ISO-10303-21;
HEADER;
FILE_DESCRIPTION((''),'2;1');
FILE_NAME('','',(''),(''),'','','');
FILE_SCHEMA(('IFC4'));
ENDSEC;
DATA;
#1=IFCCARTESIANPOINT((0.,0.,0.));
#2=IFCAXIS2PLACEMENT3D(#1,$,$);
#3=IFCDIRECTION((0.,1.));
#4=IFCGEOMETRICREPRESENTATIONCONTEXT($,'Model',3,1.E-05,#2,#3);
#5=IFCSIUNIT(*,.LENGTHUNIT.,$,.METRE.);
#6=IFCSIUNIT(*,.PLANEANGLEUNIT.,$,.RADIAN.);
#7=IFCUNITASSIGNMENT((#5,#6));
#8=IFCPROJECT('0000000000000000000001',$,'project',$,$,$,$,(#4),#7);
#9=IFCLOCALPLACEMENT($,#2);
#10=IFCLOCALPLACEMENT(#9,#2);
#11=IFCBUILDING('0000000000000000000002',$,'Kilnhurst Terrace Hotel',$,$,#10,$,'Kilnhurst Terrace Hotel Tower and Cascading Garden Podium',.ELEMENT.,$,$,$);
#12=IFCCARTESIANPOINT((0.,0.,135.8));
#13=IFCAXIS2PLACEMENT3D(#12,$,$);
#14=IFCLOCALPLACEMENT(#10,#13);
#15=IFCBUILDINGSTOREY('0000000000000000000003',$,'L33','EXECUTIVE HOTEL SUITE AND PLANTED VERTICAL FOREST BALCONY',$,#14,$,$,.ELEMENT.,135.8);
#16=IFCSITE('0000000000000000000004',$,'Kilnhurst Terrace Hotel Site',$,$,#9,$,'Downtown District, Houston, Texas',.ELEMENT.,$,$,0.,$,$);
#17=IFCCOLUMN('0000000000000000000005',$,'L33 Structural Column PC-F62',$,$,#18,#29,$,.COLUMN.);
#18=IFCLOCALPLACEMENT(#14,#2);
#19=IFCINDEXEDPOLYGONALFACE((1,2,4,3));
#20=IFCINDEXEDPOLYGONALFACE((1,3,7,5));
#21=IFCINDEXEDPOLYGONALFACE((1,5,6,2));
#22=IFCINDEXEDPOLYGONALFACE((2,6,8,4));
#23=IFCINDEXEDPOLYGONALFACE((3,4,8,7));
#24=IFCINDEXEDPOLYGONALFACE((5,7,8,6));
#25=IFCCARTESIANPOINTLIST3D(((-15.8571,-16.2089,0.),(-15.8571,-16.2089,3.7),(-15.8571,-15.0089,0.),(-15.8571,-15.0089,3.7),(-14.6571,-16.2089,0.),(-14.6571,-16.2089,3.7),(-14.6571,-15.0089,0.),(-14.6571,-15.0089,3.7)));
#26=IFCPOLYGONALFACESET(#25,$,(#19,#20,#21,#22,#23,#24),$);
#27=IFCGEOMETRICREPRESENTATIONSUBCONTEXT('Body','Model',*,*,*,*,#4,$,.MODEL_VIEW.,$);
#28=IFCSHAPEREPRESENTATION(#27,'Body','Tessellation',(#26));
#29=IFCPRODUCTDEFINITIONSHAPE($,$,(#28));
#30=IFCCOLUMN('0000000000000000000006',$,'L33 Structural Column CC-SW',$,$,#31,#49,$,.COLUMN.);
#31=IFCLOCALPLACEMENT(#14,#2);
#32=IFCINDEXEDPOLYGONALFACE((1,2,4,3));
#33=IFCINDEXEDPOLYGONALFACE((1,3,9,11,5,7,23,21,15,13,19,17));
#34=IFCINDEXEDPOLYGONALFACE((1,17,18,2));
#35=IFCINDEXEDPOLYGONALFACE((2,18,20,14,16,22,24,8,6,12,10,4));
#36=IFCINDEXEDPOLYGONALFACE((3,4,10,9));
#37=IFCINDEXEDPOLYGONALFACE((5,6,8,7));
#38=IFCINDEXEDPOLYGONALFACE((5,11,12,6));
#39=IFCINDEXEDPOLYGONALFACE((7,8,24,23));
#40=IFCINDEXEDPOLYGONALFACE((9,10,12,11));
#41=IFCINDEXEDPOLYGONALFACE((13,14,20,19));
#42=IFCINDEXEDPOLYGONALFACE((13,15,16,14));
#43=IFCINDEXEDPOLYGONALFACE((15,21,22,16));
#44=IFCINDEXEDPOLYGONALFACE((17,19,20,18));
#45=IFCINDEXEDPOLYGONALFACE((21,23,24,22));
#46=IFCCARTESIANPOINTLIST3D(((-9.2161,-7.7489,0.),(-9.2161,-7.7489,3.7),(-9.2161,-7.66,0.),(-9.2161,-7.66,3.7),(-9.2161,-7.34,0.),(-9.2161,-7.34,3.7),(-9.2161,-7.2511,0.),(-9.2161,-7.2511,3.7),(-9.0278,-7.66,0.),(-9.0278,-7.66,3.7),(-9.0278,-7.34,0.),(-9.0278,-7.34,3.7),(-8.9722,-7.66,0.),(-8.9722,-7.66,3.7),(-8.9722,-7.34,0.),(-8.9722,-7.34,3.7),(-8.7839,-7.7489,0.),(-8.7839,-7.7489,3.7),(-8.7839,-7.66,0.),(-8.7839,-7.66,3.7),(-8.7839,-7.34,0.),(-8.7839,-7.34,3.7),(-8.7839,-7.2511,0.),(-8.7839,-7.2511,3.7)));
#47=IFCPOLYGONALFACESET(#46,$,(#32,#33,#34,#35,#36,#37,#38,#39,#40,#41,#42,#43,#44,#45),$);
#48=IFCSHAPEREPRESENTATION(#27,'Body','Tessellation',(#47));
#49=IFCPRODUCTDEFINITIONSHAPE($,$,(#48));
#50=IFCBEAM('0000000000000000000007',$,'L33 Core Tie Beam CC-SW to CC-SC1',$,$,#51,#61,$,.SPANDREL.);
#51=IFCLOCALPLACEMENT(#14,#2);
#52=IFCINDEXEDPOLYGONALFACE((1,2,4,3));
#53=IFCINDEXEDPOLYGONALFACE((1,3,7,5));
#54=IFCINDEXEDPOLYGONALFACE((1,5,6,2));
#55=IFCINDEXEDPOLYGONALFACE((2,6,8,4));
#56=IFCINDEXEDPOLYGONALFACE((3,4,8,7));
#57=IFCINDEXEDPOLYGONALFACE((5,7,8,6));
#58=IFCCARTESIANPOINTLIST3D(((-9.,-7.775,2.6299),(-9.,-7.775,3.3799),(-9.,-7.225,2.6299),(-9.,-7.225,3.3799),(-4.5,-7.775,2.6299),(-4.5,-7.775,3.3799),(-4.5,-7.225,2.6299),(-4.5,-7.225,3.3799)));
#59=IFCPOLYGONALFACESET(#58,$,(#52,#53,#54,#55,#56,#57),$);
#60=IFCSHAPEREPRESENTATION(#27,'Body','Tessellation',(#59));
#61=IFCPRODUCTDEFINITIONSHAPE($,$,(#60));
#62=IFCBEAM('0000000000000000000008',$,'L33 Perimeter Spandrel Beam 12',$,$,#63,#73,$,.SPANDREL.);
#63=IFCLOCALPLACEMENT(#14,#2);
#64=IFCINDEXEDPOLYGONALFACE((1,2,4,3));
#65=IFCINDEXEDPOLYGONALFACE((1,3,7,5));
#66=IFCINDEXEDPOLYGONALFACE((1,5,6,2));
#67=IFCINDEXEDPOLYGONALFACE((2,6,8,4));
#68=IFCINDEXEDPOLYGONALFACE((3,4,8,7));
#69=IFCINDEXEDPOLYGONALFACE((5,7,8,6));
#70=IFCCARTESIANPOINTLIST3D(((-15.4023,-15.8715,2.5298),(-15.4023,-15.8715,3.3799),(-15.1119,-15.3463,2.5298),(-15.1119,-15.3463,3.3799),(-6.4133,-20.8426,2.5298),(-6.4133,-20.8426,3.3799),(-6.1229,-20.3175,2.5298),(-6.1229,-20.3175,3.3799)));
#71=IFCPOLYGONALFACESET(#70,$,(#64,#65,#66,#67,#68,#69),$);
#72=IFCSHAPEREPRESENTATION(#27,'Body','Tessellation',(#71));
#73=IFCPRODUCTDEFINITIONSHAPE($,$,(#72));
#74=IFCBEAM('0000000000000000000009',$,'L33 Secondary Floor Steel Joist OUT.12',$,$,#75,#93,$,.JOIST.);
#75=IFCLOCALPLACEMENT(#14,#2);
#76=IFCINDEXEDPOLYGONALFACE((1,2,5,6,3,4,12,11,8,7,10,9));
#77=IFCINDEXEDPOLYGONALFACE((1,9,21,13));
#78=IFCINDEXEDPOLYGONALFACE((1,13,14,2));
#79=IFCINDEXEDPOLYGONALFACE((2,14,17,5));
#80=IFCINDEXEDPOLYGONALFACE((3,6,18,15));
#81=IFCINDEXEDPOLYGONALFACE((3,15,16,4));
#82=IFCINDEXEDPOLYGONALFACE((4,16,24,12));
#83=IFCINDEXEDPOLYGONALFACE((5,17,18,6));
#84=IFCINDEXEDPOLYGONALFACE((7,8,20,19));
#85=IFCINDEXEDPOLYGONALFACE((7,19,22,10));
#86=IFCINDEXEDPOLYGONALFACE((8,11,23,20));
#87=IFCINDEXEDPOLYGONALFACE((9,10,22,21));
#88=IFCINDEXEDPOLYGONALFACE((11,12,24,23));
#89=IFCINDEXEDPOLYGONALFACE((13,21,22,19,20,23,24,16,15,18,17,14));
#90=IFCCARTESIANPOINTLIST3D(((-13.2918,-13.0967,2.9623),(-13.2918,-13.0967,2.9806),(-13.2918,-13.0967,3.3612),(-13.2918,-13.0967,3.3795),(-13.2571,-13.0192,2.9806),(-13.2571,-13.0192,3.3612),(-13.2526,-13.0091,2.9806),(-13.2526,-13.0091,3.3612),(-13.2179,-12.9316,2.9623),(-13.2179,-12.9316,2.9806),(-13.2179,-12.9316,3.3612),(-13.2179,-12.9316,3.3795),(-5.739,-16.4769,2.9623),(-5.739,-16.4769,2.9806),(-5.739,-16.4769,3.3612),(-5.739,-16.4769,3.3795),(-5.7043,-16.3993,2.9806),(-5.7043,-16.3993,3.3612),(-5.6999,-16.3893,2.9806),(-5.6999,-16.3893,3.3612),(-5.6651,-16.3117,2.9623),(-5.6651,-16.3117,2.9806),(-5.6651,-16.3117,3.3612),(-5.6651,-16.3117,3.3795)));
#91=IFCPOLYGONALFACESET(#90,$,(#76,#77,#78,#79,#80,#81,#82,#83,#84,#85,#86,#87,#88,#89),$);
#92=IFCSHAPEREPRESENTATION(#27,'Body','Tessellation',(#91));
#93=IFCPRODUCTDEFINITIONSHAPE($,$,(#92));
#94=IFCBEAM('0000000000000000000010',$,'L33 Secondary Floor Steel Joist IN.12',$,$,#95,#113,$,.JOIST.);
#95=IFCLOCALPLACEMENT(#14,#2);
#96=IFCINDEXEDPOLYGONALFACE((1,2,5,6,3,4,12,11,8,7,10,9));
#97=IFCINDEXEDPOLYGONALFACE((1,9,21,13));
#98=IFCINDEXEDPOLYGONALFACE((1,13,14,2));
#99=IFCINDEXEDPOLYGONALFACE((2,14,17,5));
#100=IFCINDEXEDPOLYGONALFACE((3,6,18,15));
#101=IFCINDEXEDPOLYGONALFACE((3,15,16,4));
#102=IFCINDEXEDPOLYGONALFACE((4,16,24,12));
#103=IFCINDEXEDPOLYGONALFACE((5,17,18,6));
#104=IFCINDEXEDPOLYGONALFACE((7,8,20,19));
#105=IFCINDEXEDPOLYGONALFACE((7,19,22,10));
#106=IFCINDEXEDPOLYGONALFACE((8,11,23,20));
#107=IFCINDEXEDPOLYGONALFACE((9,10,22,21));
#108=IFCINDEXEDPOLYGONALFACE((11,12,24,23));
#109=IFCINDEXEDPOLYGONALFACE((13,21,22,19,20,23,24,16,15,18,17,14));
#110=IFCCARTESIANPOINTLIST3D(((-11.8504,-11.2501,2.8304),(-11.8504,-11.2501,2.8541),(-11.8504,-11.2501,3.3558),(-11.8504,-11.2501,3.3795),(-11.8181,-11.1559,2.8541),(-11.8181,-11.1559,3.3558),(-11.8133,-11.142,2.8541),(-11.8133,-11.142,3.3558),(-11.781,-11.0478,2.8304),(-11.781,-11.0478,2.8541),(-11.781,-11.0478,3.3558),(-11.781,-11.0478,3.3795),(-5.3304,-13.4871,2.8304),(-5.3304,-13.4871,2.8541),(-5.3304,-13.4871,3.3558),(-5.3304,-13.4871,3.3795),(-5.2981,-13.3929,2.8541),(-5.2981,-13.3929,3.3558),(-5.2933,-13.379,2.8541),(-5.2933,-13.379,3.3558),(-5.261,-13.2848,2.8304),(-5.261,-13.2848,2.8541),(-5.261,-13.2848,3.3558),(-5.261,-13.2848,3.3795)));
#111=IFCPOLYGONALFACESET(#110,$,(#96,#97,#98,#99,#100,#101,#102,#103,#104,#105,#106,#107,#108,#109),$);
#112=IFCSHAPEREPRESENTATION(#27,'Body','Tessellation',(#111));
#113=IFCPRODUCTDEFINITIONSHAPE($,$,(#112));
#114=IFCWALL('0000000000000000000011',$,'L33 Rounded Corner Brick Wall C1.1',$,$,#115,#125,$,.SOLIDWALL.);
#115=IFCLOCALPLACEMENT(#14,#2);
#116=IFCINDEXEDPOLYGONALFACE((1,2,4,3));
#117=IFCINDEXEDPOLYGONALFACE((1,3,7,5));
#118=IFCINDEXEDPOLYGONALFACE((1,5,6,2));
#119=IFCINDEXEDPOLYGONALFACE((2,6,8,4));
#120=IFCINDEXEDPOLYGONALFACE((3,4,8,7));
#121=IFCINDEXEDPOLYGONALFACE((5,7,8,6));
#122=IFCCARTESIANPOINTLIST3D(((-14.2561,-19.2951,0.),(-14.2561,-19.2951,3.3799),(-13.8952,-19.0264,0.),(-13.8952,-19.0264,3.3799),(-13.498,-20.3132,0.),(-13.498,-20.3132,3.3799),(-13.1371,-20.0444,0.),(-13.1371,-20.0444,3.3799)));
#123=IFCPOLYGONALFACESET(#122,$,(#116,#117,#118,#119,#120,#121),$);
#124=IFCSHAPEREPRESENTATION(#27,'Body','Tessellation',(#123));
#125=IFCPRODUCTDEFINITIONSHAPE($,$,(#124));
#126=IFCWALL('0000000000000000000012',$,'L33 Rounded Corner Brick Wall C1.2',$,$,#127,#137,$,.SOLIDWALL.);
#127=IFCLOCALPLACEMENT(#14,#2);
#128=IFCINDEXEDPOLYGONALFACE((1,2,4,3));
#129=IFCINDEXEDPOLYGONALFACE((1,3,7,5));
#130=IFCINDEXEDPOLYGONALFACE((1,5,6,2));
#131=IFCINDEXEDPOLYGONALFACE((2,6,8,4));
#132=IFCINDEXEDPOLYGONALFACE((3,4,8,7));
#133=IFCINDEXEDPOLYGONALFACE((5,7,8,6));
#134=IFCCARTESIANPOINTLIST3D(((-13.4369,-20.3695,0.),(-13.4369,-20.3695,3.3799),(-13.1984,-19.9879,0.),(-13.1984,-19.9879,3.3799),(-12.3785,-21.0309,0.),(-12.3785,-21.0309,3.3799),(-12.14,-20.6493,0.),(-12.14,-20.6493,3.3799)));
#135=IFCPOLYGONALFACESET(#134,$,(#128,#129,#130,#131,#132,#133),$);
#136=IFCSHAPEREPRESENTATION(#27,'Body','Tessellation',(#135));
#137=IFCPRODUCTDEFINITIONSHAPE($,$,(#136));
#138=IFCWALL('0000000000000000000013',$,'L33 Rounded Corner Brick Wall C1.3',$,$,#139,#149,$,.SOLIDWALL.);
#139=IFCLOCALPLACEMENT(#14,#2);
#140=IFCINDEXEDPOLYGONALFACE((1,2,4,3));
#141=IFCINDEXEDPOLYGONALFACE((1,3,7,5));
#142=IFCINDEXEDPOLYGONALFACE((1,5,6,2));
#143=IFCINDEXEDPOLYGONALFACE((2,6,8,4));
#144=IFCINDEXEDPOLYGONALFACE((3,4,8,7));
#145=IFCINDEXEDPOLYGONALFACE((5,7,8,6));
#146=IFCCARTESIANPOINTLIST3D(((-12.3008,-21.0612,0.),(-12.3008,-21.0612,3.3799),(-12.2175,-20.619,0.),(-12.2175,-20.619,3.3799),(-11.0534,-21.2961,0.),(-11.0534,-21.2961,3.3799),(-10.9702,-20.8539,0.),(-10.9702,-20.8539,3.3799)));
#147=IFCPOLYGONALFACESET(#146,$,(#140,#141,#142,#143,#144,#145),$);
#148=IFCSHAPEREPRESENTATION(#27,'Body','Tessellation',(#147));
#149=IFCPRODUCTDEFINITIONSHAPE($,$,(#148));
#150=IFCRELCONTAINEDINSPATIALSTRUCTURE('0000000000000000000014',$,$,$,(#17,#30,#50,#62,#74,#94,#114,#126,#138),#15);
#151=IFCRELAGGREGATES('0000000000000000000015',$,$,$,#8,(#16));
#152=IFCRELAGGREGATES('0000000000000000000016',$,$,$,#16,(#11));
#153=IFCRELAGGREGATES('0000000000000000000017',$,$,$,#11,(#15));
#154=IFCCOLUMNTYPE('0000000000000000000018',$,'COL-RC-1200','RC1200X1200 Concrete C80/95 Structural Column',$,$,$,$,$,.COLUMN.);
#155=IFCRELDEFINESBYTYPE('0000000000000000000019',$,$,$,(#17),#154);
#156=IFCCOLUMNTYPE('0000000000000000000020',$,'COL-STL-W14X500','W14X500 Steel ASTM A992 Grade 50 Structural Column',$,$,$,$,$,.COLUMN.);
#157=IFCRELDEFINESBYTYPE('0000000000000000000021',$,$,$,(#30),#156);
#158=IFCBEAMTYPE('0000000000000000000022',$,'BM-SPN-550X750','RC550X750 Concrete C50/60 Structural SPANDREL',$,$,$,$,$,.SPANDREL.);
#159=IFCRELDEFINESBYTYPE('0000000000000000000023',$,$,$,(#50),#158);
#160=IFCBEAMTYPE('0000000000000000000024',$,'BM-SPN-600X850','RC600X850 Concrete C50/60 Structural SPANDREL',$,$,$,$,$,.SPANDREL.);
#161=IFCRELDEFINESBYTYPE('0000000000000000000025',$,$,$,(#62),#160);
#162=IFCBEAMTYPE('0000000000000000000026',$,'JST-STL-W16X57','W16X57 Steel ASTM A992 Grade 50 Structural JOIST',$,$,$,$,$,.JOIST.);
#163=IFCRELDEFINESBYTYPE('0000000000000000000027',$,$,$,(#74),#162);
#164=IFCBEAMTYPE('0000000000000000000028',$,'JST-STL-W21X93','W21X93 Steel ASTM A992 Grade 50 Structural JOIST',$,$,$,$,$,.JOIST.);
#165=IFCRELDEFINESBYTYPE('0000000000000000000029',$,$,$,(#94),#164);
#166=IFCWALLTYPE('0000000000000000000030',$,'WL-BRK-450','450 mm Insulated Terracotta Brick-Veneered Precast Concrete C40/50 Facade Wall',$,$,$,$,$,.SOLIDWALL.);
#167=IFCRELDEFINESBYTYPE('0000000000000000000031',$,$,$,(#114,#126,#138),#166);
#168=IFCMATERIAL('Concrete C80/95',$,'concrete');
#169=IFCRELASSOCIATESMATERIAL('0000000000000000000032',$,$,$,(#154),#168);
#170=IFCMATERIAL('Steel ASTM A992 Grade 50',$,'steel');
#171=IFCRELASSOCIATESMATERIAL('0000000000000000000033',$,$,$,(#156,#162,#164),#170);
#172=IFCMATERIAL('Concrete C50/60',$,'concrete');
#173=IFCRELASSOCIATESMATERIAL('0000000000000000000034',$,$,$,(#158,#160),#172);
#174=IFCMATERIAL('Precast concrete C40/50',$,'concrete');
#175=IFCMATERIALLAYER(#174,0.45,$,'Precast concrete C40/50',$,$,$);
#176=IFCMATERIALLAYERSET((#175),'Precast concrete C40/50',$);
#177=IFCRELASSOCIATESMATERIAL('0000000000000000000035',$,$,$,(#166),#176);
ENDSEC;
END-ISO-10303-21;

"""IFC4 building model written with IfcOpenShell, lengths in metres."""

from ifc_helpers import new_model, si_unit, direction, frame, frame_2d, origin, origin_2d, place, context, subcontext, project, spatial, rectangle, i_section, extrude, material, layer, layer_set, material_profile, profile_set, type_object, element, save


model = new_model("IFC4")

# Units and contexts
model_context = context("Model", 3, precision=1e-05, world=origin(), true_north=direction((0.0, 1.0)))
body_context = subcontext(model_context, "Body", "Model", "MODEL_VIEW")
ifc_project = project(units=[si_unit("LENGTHUNIT", "METRE"), si_unit("PLANEANGLEUNIT", "RADIAN")], contexts=[model_context])

# Site, building, storey
site_placement = place(None, origin())
site = spatial("IfcSite", under=ifc_project, at=site_placement, Name="Kilnhurst Terrace Hotel Site", LongName="Downtown District, Houston, Texas", CompositionType="ELEMENT", RefElevation=0.0)
building_placement = place(site_placement, origin())
building = spatial("IfcBuilding", under=site, at=building_placement, Name="Kilnhurst Terrace Hotel", LongName="Kilnhurst Terrace Hotel Tower and Cascading Garden Podium", CompositionType="ELEMENT")
storey_placement = place(building_placement, frame((0.0, 0.0, 135.8)))
storey = spatial("IfcBuildingStorey", under=building, at=storey_placement, Name="L33", Description="EXECUTIVE HOTEL SUITE AND PLANTED VERTICAL FOREST BALCONY", CompositionType="ELEMENT", Elevation=135.8)

# Columns
ifc_material_1 = material(Name="Concrete C80/95", Category="concrete")
ifc_material_profile_1 = material_profile(ifc_material_1, rectangle(XDim=1.2, YDim=1.2, at=origin_2d()), Name="RC1200X1200")
ifc_profile_set_1 = profile_set([ifc_material_profile_1], Name="Concrete C80/95")
column_type_1 = type_object("IfcColumnType", Name="COL-RC-1200", Description="RC1200X1200 Concrete C80/95 Structural Column", PredefinedType="COLUMN", material=ifc_profile_set_1)
column_1_placement = place(storey_placement, frame((-15.2571, -15.6089, 0.0), z_axis=(0.0, 0.0, 1.0), x_axis=(1.0, 0.0, 0.0)))
element("IfcColumn", 1, at=column_1_placement, inside=storey, type_object=column_type_1, Name="L33 Structural Column PC-F62", PredefinedType="COLUMN", context=body_context, shape_type="SweptSolid", body=[
    extrude(rectangle(XDim=1.2, YDim=1.2, at=origin_2d()), origin(), (0.0, 0.0, 1.0), 3.7),
])
ifc_material_2 = material(Name="Steel ASTM A992 Grade 50", Category="steel")
ifc_material_profile_2 = material_profile(ifc_material_2, i_section(OverallWidth=0.4321, OverallDepth=0.4978, WebThickness=0.0557, FlangeThickness=0.0889, at=origin_2d()), Name="W14X500")
ifc_profile_set_2 = profile_set([ifc_material_profile_2], Name="Steel ASTM A992 Grade 50")
column_type_2 = type_object("IfcColumnType", Name="COL-STL-W14X500", Description="W14X500 Steel ASTM A992 Grade 50 Structural Column", PredefinedType="COLUMN", material=ifc_profile_set_2)
column_2_placement = place(storey_placement, frame((-9.0, -7.5, 0.0), z_axis=(0.0, 0.0, 1.0), x_axis=(1.0, 0.0, 0.0)))
element("IfcColumn", 2, at=column_2_placement, inside=storey, type_object=column_type_2, Name="L33 Structural Column CC-SW", PredefinedType="COLUMN", context=body_context, shape_type="SweptSolid", body=[
    extrude(i_section(OverallWidth=0.4321, OverallDepth=0.4978, WebThickness=0.0557, FlangeThickness=0.0889, at=origin_2d()), origin(), (0.0, 0.0, 1.0), 3.7),
])

# Beams
ifc_material_3 = material(Name="Concrete C50/60", Category="concrete")
ifc_material_profile_3 = material_profile(ifc_material_3, rectangle(XDim=0.55, YDim=0.75, at=origin_2d()), Name="RC550X750")
ifc_profile_set_3 = profile_set([ifc_material_profile_3], Name="Concrete C50/60")
beam_type_1 = type_object("IfcBeamType", Name="BM-SPN-550X750", Description="RC550X750 Concrete C50/60 Structural SPANDREL", PredefinedType="SPANDREL", material=ifc_profile_set_3)
beam_1_placement = place(storey_placement, frame((-9.0, -7.5, 3.0049), z_axis=(1.0, 0.0, 0.0), x_axis=(0.0, 1.0, 0.0)))
element("IfcBeam", 3, at=beam_1_placement, inside=storey, type_object=beam_type_1, Name="L33 Core Tie Beam CC-SW to CC-SC1", PredefinedType="SPANDREL", context=body_context, shape_type="SweptSolid", body=[
    extrude(rectangle(XDim=0.55, YDim=0.75, at=origin_2d()), origin(), (0.0, 0.0, 1.0), 4.5),
])
ifc_material_profile_4 = material_profile(ifc_material_3, rectangle(XDim=0.6001, YDim=0.8501, at=origin_2d()), Name="RC600X850")
ifc_profile_set_4 = profile_set([ifc_material_profile_4], Name="Concrete C50/60")
beam_type_2 = type_object("IfcBeamType", Name="BM-SPN-600X850", Description="RC600X850 Concrete C50/60 Structural SPANDREL", PredefinedType="SPANDREL", material=ifc_profile_set_4)
beam_2_placement = place(storey_placement, frame((-15.2571, -15.6089, 2.9548), z_axis=(0.875094, -0.483953, 0.0), x_axis=(0.483953, 0.875094, 0.0)))
element("IfcBeam", 4, at=beam_2_placement, inside=storey, type_object=beam_type_2, Name="L33 Perimeter Spandrel Beam 12", PredefinedType="SPANDREL", context=body_context, shape_type="SweptSolid", body=[
    extrude(rectangle(XDim=0.6001, YDim=0.8501, at=origin_2d()), origin(), (0.0, 0.0, 1.0), 10.272),
])
ifc_material_profile_5 = material_profile(ifc_material_2, i_section(OverallWidth=0.1809, OverallDepth=0.4172, WebThickness=0.011, FlangeThickness=0.0183, at=origin_2d()), Name="W16X57")
ifc_profile_set_5 = profile_set([ifc_material_profile_5], Name="Steel ASTM A992 Grade 50")
beam_type_3 = type_object("IfcBeamType", Name="JST-STL-W16X57", Description="W16X57 Steel ASTM A992 Grade 50 Structural JOIST", PredefinedType="JOIST", material=ifc_profile_set_5)
beam_3_placement = place(storey_placement, frame((-13.2549, -13.0142, 3.1709), z_axis=(0.912761, -0.408494, 0.0), x_axis=(0.408494, 0.912761, 0.0)))
element("IfcBeam", 5, at=beam_3_placement, inside=storey, type_object=beam_type_3, Name="L33 Secondary Floor Steel Joist OUT.12", PredefinedType="JOIST", context=body_context, shape_type="SweptSolid", body=[
    extrude(i_section(OverallWidth=0.1809, OverallDepth=0.4172, WebThickness=0.011, FlangeThickness=0.0183, at=origin_2d()), origin(), (0.0, 0.0, 1.0), 8.2747),
])
ifc_material_profile_6 = material_profile(ifc_material_2, i_section(OverallWidth=0.2139, OverallDepth=0.5491, WebThickness=0.0146, FlangeThickness=0.0237, at=origin_2d()), Name="W21X93")
ifc_profile_set_6 = profile_set([ifc_material_profile_6], Name="Steel ASTM A992 Grade 50")
beam_type_4 = type_object("IfcBeamType", Name="JST-STL-W21X93", Description="W21X93 Steel ASTM A992 Grade 50 Structural JOIST", PredefinedType="JOIST", material=ifc_profile_set_6)
beam_4_placement = place(storey_placement, frame((-11.8157, -11.1489, 3.105), z_axis=(0.945874, -0.324535, 0.0), x_axis=(0.324535, 0.945874, 0.0)))
element("IfcBeam", 6, at=beam_4_placement, inside=storey, type_object=beam_type_4, Name="L33 Secondary Floor Steel Joist IN.12", PredefinedType="JOIST", context=body_context, shape_type="SweptSolid", body=[
    extrude(i_section(OverallWidth=0.2139, OverallDepth=0.5491, WebThickness=0.0146, FlangeThickness=0.0237, at=origin_2d()), origin(), (0.0, 0.0, 1.0), 6.8931),
])

# Walls
ifc_material_4 = material(Name="Precast concrete C40/50", Category="concrete")
ifc_layer_1 = layer(ifc_material_4, 0.45, Name="Precast concrete C40/50")
ifc_layer_set_1 = layer_set([ifc_layer_1], Name="Precast concrete C40/50")
wall_type_1 = type_object("IfcWallType", Name="WL-BRK-450", Description="450 mm Insulated Terracotta Brick-Veneered Precast Concrete C40/50 Facade Wall", PredefinedType="SOLIDWALL", material=ifc_layer_set_1)
wall_1_placement = place(storey_placement, frame((-14.0757, -19.1606, 0.0), z_axis=(0.0, 0.0, 1.0), x_axis=(0.597227, -0.802073, 0.0)))
element("IfcWall", 7, at=wall_1_placement, inside=storey, type_object=wall_type_1, Name="L33 Rounded Corner Brick Wall C1.1", PredefinedType="SOLIDWALL", context=body_context, shape_type="SweptSolid", body=[
    extrude(rectangle(XDim=1.2693, YDim=0.45, at=frame_2d((0.6348, 0.0))), origin(), (0.0, 0.0, 1.0), 3.3799),
])
wall_2_placement = place(storey_placement, frame((-13.3176, -20.1787, 0.0), z_axis=(0.0, 0.0, 1.0), x_axis=(0.848031, -0.529946, 0.0)))
element("IfcWall", 8, at=wall_2_placement, inside=storey, type_object=wall_type_1, Name="L33 Rounded Corner Brick Wall C1.2", PredefinedType="SOLIDWALL", context=body_context, shape_type="SweptSolid", body=[
    extrude(rectangle(XDim=1.248, YDim=0.45, at=frame_2d((0.624, 0.0))), origin(), (0.0, 0.0, 1.0), 3.3799),
])
wall_3_placement = place(storey_placement, frame((-12.2593, -20.8401, 0.0), z_axis=(0.0, 0.0, 1.0), x_axis=(0.98273, -0.185043, 0.0)))
element("IfcWall", 9, at=wall_3_placement, inside=storey, type_object=wall_type_1, Name="L33 Rounded Corner Brick Wall C1.3", PredefinedType="SOLIDWALL", context=body_context, shape_type="SweptSolid", body=[
    extrude(rectangle(XDim=1.2693, YDim=0.45, at=frame_2d((0.6348, 0.0))), origin(), (0.0, 0.0, 1.0), 3.3799),
])

save(model, "model.ifc")
